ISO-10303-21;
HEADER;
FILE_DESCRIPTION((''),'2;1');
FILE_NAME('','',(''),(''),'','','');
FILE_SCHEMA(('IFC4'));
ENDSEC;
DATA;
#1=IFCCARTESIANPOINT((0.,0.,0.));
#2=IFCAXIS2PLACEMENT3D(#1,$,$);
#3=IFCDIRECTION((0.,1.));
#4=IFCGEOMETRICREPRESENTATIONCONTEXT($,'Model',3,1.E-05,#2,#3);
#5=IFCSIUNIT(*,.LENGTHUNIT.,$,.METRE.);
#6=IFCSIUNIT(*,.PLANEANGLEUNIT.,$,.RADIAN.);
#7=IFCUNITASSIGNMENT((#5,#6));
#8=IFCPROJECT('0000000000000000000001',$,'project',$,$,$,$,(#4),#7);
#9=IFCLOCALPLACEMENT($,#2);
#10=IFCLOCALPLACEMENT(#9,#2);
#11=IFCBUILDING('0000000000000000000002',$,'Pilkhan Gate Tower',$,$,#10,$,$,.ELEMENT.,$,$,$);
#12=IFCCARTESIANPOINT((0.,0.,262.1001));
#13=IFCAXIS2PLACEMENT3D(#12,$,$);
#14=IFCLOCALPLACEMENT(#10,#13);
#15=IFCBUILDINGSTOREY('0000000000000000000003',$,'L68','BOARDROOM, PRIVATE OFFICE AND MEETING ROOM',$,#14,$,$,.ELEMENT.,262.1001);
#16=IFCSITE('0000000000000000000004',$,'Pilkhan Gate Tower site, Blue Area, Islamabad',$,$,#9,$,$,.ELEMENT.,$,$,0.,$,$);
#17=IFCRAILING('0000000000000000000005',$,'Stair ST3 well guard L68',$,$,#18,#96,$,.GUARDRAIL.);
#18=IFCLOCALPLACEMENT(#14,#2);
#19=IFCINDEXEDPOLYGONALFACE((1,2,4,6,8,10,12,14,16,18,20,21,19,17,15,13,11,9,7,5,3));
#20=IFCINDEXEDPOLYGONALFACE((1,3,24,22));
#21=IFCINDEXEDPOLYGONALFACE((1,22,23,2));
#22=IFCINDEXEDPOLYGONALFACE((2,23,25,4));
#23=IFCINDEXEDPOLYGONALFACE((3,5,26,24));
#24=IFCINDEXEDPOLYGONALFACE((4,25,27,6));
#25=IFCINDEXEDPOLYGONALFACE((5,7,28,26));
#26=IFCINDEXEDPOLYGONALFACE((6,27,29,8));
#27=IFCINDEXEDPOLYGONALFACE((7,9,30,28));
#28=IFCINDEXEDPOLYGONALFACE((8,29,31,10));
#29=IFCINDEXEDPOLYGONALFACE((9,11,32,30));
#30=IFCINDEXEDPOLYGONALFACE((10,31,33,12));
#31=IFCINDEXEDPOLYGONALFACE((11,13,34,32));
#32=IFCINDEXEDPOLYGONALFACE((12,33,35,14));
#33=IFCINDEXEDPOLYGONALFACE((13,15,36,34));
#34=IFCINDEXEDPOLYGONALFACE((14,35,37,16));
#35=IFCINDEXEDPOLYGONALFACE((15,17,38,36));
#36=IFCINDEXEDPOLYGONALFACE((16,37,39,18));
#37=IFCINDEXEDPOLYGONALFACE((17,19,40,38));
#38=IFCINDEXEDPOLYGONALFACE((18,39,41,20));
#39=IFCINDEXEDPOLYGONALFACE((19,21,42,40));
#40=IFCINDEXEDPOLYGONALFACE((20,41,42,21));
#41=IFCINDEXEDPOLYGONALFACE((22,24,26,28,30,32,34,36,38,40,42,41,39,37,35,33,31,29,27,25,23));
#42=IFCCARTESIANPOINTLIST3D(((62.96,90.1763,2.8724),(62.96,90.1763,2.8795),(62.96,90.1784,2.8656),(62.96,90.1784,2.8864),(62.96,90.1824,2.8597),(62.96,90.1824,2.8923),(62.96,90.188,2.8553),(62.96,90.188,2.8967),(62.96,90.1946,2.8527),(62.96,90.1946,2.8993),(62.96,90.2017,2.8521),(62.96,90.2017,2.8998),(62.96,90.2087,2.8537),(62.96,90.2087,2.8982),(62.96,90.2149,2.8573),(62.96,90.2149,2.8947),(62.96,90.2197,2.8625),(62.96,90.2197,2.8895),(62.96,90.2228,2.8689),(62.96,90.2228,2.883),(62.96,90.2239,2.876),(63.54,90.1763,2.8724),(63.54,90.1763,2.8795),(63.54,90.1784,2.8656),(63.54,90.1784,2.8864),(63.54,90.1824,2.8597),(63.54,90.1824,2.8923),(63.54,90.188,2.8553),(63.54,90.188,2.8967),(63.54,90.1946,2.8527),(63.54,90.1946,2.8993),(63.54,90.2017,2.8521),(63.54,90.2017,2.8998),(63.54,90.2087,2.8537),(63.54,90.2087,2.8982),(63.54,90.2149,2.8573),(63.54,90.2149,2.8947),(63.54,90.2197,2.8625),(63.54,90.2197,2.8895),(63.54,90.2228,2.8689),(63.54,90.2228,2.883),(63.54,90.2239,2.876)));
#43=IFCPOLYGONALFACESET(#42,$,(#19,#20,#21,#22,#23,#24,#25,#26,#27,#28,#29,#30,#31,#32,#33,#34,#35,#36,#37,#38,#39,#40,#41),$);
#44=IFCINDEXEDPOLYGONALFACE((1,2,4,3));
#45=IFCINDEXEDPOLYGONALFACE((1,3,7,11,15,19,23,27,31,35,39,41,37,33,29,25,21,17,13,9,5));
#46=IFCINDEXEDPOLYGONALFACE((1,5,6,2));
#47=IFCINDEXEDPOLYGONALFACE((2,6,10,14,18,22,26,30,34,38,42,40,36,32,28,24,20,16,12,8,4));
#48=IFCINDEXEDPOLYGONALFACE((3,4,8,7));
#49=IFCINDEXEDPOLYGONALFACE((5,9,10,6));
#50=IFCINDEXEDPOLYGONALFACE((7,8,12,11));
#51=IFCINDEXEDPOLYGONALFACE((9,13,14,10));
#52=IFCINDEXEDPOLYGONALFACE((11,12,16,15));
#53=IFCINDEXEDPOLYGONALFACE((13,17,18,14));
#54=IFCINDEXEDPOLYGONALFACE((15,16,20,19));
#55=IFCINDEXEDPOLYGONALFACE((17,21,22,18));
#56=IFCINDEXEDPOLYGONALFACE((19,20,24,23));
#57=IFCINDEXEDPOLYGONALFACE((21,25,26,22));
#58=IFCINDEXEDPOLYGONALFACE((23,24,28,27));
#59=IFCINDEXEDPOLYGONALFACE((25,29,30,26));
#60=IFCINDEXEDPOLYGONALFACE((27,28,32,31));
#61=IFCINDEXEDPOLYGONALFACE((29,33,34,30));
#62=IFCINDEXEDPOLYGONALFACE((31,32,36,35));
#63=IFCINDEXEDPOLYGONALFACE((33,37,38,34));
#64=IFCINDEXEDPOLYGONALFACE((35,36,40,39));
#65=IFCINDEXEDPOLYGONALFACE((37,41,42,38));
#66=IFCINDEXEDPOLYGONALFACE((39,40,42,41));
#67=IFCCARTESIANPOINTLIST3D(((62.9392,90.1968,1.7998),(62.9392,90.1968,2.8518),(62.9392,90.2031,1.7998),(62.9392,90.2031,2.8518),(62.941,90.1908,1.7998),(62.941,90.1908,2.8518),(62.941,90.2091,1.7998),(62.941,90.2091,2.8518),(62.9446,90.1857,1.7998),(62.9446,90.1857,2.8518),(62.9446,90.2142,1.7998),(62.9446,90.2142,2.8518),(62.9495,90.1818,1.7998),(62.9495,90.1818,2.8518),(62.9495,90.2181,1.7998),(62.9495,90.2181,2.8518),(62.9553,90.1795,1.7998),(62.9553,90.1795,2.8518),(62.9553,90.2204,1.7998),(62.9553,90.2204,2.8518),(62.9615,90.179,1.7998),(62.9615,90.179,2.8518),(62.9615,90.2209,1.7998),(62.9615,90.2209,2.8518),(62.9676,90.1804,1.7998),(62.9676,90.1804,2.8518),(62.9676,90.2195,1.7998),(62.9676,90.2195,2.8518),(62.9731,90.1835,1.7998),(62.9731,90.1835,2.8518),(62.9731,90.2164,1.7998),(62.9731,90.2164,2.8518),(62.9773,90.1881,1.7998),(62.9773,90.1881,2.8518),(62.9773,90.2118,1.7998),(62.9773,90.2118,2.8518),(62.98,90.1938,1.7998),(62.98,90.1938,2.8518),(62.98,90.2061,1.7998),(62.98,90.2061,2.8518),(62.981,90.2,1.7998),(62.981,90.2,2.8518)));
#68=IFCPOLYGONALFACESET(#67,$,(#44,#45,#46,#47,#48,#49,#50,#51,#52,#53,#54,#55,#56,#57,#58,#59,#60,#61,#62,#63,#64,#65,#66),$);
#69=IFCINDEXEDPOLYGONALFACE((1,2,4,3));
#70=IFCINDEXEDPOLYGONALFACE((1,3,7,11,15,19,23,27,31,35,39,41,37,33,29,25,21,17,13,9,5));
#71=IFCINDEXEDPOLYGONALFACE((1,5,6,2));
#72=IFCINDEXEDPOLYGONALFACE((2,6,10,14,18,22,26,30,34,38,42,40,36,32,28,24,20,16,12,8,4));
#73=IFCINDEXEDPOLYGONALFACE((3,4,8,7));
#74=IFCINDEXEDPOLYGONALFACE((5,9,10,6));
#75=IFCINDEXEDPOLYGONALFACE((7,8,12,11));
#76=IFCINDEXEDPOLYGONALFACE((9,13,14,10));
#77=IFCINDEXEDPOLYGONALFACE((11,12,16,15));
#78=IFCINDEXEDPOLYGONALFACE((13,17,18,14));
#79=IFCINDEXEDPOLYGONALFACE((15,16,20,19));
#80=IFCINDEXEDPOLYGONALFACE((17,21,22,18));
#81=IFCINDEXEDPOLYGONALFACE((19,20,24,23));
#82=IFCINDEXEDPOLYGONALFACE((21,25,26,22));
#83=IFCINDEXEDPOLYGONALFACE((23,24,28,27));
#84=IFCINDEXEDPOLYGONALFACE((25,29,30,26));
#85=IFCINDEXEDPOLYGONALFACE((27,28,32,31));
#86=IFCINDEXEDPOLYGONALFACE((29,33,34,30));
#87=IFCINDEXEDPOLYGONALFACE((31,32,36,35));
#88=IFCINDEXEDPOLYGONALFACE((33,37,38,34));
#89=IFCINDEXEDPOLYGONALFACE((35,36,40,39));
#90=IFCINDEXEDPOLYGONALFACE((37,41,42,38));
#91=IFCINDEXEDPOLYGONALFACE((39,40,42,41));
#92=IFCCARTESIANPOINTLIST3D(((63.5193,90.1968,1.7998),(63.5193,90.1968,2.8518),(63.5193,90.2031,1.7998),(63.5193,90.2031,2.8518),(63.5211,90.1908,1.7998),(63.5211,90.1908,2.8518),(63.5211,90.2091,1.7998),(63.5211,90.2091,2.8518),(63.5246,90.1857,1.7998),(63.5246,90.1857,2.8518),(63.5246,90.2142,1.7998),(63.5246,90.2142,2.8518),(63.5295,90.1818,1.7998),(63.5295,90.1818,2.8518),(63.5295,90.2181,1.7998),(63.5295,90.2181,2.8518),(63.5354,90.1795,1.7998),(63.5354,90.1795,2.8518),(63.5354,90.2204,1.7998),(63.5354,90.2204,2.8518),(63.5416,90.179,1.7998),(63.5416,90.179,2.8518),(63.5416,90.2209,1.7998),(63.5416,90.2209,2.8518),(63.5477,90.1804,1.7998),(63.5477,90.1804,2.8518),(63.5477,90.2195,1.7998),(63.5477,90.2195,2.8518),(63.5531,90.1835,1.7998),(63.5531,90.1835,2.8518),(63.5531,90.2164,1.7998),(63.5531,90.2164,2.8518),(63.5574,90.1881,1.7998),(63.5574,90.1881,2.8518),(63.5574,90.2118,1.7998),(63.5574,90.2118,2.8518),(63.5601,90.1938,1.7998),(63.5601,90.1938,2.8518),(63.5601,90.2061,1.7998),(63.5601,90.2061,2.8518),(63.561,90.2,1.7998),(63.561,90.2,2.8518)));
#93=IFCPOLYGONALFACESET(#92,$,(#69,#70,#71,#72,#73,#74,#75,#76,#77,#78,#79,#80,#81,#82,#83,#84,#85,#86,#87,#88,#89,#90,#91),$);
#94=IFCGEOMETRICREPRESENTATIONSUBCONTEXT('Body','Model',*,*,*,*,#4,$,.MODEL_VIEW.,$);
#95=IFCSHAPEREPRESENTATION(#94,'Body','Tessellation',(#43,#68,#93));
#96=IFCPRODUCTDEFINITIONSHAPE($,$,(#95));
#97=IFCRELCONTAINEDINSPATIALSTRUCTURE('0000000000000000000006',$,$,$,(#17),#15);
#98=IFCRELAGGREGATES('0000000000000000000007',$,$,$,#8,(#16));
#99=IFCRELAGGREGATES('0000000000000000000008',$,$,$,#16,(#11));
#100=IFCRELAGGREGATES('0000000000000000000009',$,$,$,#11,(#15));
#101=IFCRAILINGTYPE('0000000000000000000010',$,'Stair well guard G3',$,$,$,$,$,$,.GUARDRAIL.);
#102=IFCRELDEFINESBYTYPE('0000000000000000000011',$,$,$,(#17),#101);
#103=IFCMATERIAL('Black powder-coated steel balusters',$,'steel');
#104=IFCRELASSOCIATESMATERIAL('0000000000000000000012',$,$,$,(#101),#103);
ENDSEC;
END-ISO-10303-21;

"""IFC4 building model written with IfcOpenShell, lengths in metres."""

from ifc_helpers import new_model, si_unit, direction, frame, origin, origin_2d, place, context, subcontext, project, spatial, circle, extrude, material, type_object, element, save


model = new_model("IFC4")

# Units and contexts
model_context = context("Model", 3, precision=1e-05, world=origin(), true_north=direction((0.0, 1.0)))
body_context = subcontext(model_context, "Body", "Model", "MODEL_VIEW")
ifc_project = project(units=[si_unit("LENGTHUNIT", "METRE"), si_unit("PLANEANGLEUNIT", "RADIAN")], contexts=[model_context])

# Site, building, storey
site_placement = place(None, origin())
site = spatial("IfcSite", under=ifc_project, at=site_placement, Name="Pilkhan Gate Tower site, Blue Area, Islamabad", CompositionType="ELEMENT", RefElevation=0.0)
building_placement = place(site_placement, origin())
building = spatial("IfcBuilding", under=site, at=building_placement, Name="Pilkhan Gate Tower", CompositionType="ELEMENT")
storey_placement = place(building_placement, frame((0.0, 0.0, 262.1001)))
storey = spatial("IfcBuildingStorey", under=building, at=storey_placement, Name="L68", Description="BOARDROOM, PRIVATE OFFICE AND MEETING ROOM", CompositionType="ELEMENT", Elevation=262.1001)

# Railing
ifc_material_1 = material(Name="Black powder-coated steel balusters", Category="steel")
railing_type_1 = type_object("IfcRailingType", Name="Stair well guard G3", PredefinedType="GUARDRAIL", material=ifc_material_1)
for number, where, name in (
    (1, (62.96, 90.2, 1.7998), "Stair ST3 well guard L68"),
):
    element("IfcRailing", number, at=place(storey_placement, frame(where)), inside=storey, type_object=railing_type_1, Name=name, PredefinedType="GUARDRAIL", context=body_context, shape_type="SweptSolid", body=[
        extrude(circle(Radius=0.0239, at=origin_2d()), frame((0.0, 0.0, 1.0762), z_axis=(1.0, 0.0, 0.0), x_axis=(0.0, 1.0, 0.0)), (0.0, 0.0, 1.0), 0.5801),
        extrude(circle(Radius=0.021, at=origin_2d()), origin(), (0.0, 0.0, 1.0), 1.052),
        extrude(circle(Radius=0.021, at=origin_2d()), frame((0.5801, 0.0, 0.0)), (0.0, 0.0, 1.0), 1.052),
    ])

save(model, "model.ifc")
